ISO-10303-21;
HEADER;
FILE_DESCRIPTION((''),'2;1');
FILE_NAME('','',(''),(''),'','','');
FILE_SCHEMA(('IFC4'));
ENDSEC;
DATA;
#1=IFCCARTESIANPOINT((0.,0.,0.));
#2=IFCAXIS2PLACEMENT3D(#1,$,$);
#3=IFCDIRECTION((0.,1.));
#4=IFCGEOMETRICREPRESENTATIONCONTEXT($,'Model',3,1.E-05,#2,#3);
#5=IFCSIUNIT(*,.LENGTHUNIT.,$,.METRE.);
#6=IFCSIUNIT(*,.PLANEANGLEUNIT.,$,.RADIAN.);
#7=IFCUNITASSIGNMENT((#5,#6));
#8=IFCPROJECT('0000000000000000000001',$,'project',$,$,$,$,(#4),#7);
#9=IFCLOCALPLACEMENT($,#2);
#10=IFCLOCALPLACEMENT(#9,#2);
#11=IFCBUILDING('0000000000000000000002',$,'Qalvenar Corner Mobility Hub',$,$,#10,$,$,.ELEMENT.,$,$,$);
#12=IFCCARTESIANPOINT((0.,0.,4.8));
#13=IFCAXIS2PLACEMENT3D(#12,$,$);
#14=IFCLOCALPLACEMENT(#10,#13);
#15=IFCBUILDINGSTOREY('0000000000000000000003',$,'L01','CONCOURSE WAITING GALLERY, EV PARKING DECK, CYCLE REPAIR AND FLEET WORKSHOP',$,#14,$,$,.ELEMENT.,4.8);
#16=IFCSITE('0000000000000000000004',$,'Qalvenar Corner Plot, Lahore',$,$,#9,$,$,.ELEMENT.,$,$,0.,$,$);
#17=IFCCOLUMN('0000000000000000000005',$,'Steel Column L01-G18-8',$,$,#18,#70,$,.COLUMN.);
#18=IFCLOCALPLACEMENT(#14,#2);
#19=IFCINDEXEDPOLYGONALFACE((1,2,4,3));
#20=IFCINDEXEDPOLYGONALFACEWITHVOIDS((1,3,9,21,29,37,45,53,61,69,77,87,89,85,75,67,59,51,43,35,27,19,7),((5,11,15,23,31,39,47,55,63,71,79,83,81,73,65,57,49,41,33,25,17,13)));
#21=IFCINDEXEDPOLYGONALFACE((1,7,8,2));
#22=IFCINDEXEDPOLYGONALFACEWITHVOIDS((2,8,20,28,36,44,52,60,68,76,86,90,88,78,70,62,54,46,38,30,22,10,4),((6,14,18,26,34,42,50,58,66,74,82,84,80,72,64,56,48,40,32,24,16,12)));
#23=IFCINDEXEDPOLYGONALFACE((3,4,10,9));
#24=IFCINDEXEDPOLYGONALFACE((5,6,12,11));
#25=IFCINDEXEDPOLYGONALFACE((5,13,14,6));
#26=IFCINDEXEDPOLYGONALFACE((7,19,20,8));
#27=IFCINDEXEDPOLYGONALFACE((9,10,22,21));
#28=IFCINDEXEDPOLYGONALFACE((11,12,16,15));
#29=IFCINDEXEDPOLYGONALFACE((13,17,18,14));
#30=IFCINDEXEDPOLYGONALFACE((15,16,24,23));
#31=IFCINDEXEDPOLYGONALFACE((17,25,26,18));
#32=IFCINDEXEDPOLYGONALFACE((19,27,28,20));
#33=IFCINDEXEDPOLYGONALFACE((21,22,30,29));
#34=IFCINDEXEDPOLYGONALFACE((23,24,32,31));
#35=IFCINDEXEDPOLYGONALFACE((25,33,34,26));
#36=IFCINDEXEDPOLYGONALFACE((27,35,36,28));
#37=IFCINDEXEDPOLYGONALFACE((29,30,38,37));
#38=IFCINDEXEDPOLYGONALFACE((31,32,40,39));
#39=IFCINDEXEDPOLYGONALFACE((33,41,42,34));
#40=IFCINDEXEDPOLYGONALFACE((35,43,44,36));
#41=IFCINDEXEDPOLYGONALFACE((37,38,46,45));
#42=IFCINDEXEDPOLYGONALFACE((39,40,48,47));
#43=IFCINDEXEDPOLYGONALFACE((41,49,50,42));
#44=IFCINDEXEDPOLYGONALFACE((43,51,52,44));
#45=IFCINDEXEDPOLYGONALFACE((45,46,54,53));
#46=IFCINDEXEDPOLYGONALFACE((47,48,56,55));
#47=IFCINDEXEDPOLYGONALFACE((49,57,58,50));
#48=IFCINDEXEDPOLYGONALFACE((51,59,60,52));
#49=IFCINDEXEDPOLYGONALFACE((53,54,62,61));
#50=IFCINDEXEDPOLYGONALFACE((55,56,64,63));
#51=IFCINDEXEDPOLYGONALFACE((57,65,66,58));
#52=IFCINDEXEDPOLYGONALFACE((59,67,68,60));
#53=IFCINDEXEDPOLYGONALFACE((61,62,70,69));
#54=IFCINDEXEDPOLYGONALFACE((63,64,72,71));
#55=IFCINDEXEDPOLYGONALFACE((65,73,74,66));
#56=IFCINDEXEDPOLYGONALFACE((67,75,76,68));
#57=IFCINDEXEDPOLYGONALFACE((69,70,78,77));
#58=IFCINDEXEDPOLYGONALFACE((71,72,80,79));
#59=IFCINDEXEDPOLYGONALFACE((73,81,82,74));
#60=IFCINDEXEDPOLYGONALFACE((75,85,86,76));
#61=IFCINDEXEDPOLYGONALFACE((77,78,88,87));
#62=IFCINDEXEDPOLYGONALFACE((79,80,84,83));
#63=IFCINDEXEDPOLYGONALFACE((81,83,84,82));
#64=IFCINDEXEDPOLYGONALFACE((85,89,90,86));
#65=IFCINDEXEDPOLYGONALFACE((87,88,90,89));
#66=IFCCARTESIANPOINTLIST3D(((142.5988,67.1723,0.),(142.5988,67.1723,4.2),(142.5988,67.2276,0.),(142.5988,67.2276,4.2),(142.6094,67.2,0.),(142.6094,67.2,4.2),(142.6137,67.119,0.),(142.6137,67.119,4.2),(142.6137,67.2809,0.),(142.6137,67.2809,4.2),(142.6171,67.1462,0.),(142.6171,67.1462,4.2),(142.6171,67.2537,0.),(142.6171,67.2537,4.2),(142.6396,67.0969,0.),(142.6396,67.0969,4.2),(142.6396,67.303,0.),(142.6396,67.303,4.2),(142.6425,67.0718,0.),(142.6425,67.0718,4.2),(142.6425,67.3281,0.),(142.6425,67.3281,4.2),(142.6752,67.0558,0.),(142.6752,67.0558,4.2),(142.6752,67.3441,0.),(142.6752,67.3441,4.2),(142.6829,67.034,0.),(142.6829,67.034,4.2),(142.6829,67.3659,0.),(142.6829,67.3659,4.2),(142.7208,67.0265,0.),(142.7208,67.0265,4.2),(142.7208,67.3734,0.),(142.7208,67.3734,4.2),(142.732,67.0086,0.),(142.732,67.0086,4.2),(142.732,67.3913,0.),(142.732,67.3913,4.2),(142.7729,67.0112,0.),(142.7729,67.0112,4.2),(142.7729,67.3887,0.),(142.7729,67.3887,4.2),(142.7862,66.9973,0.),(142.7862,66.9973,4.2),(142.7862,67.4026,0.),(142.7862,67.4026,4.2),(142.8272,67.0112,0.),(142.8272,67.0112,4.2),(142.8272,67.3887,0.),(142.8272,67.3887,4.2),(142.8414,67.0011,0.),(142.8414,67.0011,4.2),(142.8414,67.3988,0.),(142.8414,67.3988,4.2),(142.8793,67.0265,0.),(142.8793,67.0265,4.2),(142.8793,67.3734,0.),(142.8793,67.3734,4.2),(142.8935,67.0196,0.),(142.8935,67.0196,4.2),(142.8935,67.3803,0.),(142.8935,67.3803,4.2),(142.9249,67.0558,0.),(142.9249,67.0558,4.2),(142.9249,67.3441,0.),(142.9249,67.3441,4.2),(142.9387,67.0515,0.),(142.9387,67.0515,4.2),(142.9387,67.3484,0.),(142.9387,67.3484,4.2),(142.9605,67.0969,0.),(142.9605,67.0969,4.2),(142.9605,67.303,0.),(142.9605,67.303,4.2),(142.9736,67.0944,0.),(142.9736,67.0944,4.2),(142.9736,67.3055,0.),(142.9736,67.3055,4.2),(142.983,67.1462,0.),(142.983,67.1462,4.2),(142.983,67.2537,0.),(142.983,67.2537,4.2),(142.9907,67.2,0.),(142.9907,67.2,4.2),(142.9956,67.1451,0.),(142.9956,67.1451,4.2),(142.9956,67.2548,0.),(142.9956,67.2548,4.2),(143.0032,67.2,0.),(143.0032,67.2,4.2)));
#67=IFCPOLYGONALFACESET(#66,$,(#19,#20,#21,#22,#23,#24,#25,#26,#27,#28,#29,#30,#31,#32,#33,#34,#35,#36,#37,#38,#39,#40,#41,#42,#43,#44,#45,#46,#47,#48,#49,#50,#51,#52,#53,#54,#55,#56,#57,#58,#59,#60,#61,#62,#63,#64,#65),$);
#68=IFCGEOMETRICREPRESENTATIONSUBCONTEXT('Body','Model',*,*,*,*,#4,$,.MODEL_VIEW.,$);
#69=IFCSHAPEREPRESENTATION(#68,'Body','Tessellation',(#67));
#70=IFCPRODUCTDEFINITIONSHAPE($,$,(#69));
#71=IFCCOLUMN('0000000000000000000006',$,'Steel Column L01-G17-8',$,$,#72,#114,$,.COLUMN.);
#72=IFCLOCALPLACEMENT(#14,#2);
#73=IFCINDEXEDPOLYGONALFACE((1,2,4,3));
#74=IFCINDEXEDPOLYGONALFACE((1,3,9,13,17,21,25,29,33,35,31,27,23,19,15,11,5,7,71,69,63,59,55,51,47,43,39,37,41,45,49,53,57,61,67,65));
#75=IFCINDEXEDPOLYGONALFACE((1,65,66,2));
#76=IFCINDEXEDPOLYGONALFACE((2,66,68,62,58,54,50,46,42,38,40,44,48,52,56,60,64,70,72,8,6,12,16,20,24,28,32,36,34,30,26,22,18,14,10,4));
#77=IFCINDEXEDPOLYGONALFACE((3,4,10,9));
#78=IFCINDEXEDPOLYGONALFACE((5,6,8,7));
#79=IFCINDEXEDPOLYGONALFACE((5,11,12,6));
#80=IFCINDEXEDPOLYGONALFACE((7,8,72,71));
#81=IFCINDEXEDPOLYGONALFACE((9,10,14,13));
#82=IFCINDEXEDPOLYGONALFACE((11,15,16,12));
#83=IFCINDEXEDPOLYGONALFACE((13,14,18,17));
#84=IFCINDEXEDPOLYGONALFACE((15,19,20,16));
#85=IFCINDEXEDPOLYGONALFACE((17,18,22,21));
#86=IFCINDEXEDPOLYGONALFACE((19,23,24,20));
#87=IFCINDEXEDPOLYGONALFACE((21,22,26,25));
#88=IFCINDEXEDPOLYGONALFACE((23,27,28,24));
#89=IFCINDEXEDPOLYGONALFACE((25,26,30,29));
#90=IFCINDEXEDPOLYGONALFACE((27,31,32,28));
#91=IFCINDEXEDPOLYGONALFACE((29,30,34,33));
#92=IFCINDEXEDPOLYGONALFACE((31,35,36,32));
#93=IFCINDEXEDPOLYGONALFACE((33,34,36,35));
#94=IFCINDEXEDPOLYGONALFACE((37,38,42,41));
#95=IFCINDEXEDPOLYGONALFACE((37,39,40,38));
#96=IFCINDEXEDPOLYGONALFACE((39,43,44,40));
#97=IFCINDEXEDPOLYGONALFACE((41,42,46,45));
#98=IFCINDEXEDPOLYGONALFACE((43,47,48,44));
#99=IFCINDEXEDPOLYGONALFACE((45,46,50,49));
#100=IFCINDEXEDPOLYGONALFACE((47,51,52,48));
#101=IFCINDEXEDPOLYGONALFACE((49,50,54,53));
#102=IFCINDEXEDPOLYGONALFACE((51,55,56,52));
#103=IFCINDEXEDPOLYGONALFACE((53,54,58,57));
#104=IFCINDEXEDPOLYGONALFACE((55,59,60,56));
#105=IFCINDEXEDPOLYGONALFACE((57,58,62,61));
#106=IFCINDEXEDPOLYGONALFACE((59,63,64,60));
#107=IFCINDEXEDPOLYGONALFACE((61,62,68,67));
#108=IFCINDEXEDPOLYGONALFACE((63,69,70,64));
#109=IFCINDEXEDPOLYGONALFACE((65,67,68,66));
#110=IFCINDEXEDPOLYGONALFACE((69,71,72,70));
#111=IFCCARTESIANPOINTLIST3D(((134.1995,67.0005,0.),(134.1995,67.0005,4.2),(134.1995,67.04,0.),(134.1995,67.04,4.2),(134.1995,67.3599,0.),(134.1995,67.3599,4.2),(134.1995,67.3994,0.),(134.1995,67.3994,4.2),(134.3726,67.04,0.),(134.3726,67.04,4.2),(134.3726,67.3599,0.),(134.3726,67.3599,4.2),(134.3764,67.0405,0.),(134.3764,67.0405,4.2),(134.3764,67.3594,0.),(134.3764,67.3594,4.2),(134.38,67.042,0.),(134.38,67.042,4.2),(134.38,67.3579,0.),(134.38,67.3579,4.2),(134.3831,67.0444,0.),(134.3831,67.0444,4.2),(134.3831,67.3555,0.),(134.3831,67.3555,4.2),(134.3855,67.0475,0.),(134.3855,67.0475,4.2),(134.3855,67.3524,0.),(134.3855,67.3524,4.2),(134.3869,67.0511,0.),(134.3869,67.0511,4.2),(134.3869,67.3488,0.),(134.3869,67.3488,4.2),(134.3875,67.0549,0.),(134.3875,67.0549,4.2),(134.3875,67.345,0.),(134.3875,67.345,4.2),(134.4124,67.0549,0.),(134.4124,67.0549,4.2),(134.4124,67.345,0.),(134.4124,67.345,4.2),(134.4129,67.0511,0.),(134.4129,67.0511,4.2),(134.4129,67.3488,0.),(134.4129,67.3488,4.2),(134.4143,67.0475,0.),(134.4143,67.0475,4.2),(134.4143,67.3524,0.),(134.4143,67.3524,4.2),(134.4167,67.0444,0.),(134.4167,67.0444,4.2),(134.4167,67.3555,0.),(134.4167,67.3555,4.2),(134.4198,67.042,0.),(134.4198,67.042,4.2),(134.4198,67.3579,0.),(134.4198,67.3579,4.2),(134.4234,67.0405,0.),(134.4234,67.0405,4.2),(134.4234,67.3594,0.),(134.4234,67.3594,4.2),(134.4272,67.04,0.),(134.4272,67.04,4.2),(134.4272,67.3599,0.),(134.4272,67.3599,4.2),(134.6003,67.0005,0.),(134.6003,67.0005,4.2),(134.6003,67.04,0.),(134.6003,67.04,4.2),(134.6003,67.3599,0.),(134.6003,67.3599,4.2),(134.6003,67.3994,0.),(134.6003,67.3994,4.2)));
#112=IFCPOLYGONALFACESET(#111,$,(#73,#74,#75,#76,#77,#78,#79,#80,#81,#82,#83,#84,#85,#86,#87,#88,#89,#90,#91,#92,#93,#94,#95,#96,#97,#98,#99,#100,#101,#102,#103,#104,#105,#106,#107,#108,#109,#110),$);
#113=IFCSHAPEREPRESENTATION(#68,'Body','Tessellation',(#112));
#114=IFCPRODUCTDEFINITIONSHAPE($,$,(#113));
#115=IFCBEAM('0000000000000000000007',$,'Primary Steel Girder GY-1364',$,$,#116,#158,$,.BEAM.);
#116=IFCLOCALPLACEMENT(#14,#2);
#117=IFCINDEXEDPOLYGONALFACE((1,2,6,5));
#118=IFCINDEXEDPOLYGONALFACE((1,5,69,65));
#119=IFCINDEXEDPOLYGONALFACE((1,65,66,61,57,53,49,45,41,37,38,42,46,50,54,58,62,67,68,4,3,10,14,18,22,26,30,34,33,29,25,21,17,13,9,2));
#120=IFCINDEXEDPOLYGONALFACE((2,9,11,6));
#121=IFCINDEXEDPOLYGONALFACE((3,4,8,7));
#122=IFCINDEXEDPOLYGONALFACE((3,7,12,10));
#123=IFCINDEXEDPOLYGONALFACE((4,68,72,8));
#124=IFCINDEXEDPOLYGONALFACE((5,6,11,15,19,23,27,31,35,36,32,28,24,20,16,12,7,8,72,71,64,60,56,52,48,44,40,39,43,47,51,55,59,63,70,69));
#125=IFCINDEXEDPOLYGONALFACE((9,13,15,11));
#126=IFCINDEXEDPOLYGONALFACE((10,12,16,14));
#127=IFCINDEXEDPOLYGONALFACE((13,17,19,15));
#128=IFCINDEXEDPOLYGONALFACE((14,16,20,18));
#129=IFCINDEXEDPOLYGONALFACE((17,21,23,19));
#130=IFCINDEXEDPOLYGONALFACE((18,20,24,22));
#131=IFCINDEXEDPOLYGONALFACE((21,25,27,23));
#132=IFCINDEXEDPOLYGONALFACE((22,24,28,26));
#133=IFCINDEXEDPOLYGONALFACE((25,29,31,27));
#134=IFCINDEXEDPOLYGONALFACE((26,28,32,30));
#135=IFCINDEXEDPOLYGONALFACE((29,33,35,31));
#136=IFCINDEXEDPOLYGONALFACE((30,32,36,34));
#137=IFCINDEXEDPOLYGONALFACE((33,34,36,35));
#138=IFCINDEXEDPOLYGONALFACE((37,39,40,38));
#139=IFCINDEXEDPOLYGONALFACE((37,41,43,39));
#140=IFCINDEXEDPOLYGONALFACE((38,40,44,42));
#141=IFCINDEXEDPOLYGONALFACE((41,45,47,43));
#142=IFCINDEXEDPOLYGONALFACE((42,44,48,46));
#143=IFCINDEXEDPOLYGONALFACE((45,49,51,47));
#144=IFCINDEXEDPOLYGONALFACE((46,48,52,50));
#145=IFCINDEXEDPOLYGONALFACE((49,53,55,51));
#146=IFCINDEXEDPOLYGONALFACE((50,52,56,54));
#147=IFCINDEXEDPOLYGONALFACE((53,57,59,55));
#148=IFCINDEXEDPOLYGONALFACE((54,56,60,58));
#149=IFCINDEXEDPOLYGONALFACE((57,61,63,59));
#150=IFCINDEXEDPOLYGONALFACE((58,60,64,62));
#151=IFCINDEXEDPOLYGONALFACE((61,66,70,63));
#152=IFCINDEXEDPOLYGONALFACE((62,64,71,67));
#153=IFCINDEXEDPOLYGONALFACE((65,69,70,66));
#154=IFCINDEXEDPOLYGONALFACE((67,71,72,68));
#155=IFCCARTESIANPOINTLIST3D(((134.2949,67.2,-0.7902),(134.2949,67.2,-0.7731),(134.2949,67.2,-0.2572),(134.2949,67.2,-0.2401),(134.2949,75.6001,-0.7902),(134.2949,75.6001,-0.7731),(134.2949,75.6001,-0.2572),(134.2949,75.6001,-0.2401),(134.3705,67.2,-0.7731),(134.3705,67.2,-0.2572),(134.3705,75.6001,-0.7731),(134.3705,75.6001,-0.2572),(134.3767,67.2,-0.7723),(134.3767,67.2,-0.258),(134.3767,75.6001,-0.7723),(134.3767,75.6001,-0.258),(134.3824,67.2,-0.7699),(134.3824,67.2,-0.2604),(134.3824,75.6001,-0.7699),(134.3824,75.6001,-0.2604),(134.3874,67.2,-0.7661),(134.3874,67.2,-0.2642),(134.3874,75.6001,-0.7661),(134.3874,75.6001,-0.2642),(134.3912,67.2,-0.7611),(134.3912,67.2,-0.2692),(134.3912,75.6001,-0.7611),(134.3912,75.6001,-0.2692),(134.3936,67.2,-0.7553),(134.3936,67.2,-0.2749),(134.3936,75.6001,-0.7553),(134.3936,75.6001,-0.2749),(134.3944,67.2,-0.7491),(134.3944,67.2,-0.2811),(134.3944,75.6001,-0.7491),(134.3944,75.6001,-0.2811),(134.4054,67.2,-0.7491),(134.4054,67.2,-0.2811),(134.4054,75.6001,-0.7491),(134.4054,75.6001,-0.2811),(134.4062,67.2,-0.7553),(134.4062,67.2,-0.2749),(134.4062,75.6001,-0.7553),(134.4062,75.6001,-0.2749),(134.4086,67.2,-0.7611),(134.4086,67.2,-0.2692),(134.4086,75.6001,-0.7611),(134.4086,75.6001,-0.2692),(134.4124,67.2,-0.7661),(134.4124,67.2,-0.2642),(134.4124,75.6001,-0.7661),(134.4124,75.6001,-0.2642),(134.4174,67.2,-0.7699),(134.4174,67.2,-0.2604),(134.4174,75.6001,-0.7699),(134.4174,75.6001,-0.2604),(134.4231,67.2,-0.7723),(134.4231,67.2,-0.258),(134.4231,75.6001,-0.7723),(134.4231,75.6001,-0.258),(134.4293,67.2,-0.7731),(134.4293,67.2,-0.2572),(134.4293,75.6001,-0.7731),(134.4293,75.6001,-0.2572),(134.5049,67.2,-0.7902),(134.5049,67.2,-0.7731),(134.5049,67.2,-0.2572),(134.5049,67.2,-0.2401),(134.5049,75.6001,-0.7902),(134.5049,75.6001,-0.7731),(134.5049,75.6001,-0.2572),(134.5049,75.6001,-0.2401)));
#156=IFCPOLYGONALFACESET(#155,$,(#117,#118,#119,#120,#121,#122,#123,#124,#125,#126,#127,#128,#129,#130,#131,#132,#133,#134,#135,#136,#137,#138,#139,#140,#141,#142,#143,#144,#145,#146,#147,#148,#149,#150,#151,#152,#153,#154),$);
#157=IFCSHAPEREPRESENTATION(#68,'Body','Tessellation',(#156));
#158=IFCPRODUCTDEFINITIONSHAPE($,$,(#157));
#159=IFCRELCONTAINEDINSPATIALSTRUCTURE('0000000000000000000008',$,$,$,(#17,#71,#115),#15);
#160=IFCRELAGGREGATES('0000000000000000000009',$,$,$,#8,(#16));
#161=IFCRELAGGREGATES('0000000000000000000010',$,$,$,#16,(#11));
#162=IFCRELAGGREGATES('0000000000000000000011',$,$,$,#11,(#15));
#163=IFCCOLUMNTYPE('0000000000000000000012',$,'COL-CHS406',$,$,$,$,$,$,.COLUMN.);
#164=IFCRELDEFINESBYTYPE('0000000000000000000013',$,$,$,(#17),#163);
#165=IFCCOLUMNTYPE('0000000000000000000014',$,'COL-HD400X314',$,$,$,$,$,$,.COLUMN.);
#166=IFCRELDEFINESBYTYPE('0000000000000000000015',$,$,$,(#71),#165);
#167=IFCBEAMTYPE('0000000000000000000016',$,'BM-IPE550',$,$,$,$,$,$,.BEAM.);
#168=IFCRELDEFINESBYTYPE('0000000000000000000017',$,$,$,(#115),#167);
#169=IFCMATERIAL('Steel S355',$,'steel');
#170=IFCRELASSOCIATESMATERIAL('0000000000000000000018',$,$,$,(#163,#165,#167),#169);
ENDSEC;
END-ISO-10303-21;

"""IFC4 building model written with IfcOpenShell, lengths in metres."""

from ifc_helpers import new_model, si_unit, direction, frame, origin, origin_2d, place, context, subcontext, project, spatial, hollow_circle, i_section, extrude, material, material_profile, profile_set, type_object, element, save


model = new_model("IFC4")

# Units and contexts
model_context = context("Model", 3, precision=1e-05, world=origin(), true_north=direction((0.0, 1.0)))
body_context = subcontext(model_context, "Body", "Model", "MODEL_VIEW")
ifc_project = project(units=[si_unit("LENGTHUNIT", "METRE"), si_unit("PLANEANGLEUNIT", "RADIAN")], contexts=[model_context])

# Site, building, storey
site_placement = place(None, origin())
site = spatial("IfcSite", under=ifc_project, at=site_placement, Name="Qalvenar Corner Plot, Lahore", CompositionType="ELEMENT", RefElevation=0.0)
building_placement = place(site_placement, origin())
building = spatial("IfcBuilding", under=site, at=building_placement, Name="Qalvenar Corner Mobility Hub", CompositionType="ELEMENT")
storey_placement = place(building_placement, frame((0.0, 0.0, 4.8)))
storey = spatial("IfcBuildingStorey", under=building, at=storey_placement, Name="L01", Description="CONCOURSE WAITING GALLERY, EV PARKING DECK, CYCLE REPAIR AND FLEET WORKSHOP", CompositionType="ELEMENT", Elevation=4.8)

# Columns
ifc_material_1 = material(Name="Steel S355", Category="steel")
ifc_material_profile_1 = material_profile(ifc_material_1, hollow_circle(Radius=0.2031, WallThickness=0.0125, at=origin_2d()), Name="CHS406.4x12.5")
ifc_profile_set_1 = profile_set([ifc_material_profile_1], Name="Steel S355")
column_type_1 = type_object("IfcColumnType", Name="COL-CHS406", PredefinedType="COLUMN", material=ifc_profile_set_1)
column_1_placement = place(storey_placement, frame((142.8, 67.2, 0.0), z_axis=(0.0, 0.0, 1.0), x_axis=(1.0, 0.0, 0.0)))
element("IfcColumn", 1, at=column_1_placement, inside=storey, type_object=column_type_1, Name="Steel Column L01-G18-8", PredefinedType="COLUMN", context=body_context, shape_type="SweptSolid", body=[
    extrude(hollow_circle(Radius=0.2031, WallThickness=0.0125, at=origin_2d()), origin(), (0.0, 0.0, 1.0), 4.2),
])
ifc_material_profile_2 = material_profile(ifc_material_1, i_section(OverallWidth=0.4009, OverallDepth=0.3989, WebThickness=0.0249, FlangeThickness=0.0396, FilletRadius=0.0149, at=origin_2d()), Name="HD400x314")
ifc_profile_set_2 = profile_set([ifc_material_profile_2], Name="Steel S355")
column_type_2 = type_object("IfcColumnType", Name="COL-HD400X314", PredefinedType="COLUMN", material=ifc_profile_set_2)
column_2_placement = place(storey_placement, frame((134.3999, 67.2, 0.0), z_axis=(0.0, 0.0, 1.0), x_axis=(1.0, 0.0, 0.0)))
element("IfcColumn", 2, at=column_2_placement, inside=storey, type_object=column_type_2, Name="Steel Column L01-G17-8", PredefinedType="COLUMN", context=body_context, shape_type="SweptSolid", body=[
    extrude(i_section(OverallWidth=0.4009, OverallDepth=0.3989, WebThickness=0.0249, FlangeThickness=0.0396, FilletRadius=0.0149, at=origin_2d()), origin(), (0.0, 0.0, 1.0), 4.2),
])

# Beam
ifc_material_profile_3 = material_profile(ifc_material_1, i_section(OverallWidth=0.21, OverallDepth=0.55, WebThickness=0.011, FlangeThickness=0.0171, FilletRadius=0.0239, at=origin_2d()), Name="IPE550")
ifc_profile_set_3 = profile_set([ifc_material_profile_3], Name="Steel S355")
beam_type_1 = type_object("IfcBeamType", Name="BM-IPE550", PredefinedType="BEAM", material=ifc_profile_set_3)
beam_1_placement = place(storey_placement, frame((134.3999, 67.2, -0.5151), z_axis=(0.0, 1.0, 0.0), x_axis=(-1.0, 0.0, 0.0)))
element("IfcBeam", 3, at=beam_1_placement, inside=storey, type_object=beam_type_1, Name="Primary Steel Girder GY-1364", PredefinedType="BEAM", context=body_context, shape_type="SweptSolid", body=[
    extrude(i_section(OverallWidth=0.21, OverallDepth=0.55, WebThickness=0.011, FlangeThickness=0.0171, FilletRadius=0.0239, at=origin_2d()), origin(), (0.0, 0.0, 1.0), 8.4001),
])

save(model, "model.ifc")
